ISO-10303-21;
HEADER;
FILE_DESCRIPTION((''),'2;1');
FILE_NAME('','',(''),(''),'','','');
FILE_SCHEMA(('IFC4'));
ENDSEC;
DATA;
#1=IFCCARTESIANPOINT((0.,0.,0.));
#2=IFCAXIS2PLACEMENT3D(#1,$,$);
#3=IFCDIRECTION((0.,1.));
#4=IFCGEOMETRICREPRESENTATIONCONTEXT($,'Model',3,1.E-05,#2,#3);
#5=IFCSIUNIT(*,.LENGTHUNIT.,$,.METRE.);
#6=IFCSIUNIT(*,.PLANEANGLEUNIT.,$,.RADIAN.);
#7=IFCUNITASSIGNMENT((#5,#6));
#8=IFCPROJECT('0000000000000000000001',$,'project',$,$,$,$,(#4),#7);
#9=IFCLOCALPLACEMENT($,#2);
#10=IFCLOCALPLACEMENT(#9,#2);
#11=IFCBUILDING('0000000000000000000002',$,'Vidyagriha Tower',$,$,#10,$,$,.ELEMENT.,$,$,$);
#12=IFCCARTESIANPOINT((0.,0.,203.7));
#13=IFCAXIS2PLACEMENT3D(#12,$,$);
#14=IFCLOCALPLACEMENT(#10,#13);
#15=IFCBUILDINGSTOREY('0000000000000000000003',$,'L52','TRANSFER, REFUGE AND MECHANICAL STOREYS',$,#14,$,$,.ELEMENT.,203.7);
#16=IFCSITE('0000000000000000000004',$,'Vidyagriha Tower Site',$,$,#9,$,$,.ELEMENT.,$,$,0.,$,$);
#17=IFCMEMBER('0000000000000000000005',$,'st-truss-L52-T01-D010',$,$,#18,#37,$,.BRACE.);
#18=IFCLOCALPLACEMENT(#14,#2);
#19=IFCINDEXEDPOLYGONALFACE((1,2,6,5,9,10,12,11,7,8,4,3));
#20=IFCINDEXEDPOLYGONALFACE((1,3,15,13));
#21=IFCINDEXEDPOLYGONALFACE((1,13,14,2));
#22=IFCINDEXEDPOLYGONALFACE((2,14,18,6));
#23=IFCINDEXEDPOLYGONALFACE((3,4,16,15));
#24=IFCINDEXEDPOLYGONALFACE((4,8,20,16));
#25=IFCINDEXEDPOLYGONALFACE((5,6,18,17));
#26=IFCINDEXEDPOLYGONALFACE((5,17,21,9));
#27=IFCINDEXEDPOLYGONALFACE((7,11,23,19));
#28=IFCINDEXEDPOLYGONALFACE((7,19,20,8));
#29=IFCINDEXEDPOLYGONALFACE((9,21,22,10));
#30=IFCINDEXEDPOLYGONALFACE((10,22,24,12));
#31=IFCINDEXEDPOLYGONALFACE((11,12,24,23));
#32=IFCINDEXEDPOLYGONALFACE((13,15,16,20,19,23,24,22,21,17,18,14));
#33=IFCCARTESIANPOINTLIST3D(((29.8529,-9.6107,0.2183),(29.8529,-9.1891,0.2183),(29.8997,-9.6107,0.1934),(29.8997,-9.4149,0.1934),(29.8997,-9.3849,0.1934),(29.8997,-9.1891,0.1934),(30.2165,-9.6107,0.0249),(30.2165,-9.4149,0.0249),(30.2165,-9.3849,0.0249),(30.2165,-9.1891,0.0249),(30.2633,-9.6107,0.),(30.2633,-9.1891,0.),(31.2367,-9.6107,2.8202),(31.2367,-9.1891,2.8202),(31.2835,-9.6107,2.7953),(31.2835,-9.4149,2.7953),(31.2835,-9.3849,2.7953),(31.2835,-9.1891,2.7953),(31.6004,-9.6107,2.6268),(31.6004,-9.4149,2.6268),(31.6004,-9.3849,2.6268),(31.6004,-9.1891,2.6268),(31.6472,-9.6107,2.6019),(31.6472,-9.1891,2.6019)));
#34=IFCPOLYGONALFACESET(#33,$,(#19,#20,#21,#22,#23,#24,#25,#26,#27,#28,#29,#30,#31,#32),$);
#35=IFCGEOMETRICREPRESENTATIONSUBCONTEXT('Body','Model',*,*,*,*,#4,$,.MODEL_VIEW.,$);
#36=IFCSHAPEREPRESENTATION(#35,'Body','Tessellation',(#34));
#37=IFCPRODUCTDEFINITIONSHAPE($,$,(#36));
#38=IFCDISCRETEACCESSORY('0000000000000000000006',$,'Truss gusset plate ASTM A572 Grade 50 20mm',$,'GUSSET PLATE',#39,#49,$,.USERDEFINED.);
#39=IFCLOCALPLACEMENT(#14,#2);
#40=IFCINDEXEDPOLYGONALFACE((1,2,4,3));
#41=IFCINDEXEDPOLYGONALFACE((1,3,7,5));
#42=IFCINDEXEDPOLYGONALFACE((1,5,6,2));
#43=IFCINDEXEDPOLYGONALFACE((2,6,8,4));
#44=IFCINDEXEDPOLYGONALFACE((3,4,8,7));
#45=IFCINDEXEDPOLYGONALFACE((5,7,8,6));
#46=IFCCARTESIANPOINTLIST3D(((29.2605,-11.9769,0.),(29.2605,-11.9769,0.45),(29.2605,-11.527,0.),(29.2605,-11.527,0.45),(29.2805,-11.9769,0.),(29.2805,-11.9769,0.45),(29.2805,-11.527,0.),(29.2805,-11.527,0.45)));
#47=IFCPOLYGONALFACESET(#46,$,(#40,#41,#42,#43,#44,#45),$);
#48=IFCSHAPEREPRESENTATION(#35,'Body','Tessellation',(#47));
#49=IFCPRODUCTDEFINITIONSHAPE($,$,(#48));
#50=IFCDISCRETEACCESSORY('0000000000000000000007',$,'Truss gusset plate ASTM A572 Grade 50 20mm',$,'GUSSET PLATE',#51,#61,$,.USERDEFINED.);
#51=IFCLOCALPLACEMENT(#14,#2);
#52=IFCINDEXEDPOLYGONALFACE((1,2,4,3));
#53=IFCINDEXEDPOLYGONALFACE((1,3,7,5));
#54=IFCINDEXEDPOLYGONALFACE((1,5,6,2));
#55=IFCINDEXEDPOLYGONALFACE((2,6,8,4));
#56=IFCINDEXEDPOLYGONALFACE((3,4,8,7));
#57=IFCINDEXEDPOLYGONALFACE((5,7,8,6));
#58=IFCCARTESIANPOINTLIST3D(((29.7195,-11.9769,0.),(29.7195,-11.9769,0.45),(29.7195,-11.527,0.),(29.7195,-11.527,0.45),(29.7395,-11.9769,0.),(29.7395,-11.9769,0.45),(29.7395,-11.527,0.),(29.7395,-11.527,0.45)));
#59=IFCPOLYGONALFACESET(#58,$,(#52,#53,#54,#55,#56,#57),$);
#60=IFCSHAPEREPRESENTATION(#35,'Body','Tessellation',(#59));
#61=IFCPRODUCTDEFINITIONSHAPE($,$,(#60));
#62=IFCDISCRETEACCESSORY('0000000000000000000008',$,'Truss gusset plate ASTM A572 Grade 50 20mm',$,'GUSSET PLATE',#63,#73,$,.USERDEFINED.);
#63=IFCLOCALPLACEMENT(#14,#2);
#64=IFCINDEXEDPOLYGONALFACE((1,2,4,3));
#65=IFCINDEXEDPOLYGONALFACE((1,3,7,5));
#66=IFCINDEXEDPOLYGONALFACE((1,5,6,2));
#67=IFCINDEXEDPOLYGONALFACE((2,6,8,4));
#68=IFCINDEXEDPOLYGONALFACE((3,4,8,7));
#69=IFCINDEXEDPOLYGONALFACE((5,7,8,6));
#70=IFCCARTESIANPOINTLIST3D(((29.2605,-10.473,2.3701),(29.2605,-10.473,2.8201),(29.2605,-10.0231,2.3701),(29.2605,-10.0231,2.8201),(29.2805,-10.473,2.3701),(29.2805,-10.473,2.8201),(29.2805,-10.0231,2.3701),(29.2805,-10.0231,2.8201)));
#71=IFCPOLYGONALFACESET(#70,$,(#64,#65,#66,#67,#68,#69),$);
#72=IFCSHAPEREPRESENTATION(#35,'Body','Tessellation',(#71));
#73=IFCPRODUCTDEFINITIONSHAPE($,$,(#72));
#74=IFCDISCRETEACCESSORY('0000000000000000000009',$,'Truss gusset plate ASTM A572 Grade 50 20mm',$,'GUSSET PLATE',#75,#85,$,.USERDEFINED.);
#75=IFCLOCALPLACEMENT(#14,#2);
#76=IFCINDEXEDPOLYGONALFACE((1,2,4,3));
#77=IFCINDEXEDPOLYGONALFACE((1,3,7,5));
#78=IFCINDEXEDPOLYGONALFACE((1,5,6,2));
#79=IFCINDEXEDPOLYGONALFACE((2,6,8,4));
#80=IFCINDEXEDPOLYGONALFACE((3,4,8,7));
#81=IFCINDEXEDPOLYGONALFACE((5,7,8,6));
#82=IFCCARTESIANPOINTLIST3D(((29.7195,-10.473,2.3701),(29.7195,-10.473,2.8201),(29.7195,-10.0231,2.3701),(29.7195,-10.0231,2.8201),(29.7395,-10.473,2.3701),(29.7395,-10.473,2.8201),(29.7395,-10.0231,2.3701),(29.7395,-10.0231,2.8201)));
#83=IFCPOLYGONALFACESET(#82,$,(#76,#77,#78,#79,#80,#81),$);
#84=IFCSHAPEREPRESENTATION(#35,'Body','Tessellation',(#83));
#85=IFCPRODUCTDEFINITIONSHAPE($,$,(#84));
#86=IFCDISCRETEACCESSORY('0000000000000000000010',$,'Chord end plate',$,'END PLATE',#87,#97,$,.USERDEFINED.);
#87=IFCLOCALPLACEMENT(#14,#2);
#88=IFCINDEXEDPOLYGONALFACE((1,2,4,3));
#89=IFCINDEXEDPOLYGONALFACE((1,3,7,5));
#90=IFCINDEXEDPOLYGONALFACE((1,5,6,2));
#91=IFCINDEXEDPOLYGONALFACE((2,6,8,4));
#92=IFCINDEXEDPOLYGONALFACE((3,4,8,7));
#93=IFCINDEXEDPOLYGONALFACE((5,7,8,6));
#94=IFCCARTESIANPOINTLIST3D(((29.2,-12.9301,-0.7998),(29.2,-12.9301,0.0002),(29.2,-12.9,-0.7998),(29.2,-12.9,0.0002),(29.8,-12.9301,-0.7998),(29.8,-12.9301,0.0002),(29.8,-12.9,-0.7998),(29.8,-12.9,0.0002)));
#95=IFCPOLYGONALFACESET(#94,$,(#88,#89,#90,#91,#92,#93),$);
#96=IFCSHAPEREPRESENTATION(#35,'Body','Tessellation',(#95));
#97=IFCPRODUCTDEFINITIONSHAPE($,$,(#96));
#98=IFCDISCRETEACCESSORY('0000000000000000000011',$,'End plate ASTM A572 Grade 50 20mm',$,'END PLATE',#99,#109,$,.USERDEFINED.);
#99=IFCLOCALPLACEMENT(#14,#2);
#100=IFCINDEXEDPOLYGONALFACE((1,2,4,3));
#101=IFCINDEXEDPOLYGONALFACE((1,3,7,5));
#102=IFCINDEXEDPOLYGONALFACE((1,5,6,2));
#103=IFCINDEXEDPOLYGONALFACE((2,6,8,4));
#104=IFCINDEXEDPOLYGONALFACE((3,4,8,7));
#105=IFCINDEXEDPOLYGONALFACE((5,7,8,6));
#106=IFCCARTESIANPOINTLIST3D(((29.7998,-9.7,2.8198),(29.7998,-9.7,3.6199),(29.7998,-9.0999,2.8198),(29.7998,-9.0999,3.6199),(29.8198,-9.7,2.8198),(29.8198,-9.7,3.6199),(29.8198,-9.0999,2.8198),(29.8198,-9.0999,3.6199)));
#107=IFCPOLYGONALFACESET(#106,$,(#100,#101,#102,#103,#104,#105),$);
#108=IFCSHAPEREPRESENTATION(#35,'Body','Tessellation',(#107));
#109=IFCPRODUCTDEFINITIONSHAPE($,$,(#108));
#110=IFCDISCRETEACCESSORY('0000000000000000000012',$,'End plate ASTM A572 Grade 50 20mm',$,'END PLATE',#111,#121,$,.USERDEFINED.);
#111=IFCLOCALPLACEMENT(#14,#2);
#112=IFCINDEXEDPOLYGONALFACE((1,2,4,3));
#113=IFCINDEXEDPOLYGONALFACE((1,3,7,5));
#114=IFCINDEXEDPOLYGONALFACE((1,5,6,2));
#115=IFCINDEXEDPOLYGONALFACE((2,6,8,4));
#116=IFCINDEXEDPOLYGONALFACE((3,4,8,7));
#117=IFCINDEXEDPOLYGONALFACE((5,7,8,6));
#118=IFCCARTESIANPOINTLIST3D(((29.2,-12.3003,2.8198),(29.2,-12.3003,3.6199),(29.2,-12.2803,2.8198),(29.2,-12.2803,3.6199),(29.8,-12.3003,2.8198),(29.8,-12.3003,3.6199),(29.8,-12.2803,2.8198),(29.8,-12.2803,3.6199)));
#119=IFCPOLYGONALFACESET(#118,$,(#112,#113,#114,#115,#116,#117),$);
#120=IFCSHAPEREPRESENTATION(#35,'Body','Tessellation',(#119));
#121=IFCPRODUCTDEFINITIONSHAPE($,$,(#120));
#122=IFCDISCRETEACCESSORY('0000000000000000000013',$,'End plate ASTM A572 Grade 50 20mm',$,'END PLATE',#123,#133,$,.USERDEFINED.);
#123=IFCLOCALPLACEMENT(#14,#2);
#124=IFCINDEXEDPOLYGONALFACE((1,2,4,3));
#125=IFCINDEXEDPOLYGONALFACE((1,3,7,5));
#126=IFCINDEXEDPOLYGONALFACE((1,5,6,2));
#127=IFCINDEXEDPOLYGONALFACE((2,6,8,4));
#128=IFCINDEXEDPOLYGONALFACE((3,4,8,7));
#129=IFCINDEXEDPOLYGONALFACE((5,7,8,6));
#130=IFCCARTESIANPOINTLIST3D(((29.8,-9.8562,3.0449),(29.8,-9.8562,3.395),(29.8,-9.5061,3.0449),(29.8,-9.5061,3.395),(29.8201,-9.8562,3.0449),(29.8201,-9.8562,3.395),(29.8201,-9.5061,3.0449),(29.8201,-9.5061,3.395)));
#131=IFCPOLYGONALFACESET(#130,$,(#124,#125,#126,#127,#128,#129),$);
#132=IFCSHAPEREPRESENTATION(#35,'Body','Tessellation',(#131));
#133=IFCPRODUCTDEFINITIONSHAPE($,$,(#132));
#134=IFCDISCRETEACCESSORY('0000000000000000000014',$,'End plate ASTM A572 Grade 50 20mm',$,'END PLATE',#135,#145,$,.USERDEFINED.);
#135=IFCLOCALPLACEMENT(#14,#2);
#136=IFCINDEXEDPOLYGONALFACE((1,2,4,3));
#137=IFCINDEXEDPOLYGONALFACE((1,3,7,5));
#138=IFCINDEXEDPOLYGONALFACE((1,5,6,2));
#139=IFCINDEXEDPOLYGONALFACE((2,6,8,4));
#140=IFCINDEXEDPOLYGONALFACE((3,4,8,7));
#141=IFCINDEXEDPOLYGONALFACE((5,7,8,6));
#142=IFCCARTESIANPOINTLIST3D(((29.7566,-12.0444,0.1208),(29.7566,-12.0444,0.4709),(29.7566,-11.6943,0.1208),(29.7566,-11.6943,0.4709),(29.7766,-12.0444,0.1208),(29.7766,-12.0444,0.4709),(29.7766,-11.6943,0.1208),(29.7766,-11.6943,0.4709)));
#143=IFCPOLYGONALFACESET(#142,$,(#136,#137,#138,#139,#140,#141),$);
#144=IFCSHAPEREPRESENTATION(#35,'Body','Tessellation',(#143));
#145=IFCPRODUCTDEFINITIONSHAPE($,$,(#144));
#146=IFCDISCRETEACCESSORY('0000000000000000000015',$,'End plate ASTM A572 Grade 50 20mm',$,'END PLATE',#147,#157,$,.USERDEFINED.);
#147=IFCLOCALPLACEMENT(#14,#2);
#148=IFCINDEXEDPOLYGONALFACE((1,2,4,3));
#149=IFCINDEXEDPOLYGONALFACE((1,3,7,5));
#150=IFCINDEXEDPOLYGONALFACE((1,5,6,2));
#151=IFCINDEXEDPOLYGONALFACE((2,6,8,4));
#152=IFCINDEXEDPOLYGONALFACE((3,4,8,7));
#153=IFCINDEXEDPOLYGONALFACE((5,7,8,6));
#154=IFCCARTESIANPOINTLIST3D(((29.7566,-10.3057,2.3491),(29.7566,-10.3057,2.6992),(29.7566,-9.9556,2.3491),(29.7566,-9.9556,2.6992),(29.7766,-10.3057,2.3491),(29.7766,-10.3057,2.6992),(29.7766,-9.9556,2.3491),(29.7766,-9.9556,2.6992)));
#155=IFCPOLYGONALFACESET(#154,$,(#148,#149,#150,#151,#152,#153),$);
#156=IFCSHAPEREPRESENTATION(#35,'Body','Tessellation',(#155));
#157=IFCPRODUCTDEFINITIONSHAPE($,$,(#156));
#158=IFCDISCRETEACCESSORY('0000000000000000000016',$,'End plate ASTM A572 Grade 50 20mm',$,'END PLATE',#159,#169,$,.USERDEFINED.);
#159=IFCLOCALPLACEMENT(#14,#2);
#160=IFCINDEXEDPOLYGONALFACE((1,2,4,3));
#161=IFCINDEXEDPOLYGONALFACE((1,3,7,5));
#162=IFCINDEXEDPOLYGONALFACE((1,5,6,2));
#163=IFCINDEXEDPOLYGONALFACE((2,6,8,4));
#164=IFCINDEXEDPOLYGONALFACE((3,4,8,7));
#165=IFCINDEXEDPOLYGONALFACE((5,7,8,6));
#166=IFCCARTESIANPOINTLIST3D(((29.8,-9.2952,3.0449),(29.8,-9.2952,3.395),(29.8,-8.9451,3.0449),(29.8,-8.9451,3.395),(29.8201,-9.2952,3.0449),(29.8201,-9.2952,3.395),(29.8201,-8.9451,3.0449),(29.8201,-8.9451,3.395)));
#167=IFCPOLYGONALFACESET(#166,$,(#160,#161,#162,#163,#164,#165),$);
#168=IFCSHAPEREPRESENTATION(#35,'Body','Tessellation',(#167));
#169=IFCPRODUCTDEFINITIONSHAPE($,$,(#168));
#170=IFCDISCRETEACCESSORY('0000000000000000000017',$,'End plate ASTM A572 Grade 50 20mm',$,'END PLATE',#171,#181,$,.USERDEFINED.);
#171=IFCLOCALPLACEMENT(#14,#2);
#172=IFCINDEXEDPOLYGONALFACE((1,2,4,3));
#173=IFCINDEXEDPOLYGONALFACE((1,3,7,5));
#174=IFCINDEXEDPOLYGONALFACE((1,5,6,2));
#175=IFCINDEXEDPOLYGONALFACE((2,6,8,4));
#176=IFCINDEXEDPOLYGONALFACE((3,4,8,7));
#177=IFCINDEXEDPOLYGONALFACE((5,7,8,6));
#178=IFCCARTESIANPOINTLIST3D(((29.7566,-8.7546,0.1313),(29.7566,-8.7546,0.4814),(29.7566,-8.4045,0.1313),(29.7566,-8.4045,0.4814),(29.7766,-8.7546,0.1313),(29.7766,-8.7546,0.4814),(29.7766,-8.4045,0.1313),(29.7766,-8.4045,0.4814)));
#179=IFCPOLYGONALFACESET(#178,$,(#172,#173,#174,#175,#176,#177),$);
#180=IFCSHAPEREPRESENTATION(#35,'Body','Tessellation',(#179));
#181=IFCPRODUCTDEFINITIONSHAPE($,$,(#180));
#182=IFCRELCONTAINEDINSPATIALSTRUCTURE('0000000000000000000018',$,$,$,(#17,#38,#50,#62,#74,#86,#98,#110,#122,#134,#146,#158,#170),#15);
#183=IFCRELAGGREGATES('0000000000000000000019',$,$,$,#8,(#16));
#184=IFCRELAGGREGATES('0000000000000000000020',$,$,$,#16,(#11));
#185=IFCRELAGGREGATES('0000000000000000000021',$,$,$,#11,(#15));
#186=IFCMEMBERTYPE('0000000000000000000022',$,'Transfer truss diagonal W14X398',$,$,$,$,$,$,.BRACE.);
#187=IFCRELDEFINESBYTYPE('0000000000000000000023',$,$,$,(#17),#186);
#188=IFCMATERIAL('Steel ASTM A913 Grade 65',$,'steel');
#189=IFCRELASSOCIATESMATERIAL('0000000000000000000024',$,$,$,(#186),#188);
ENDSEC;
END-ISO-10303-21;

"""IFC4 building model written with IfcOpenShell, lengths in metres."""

from ifc_helpers import new_model, si_unit, direction, frame, origin, origin_2d, place, context, subcontext, project, spatial, rectangle, i_section, extrude, material, material_profile, profile_set, type_object, element, save


model = new_model("IFC4")

# Units and contexts
model_context = context("Model", 3, precision=1e-05, world=origin(), true_north=direction((0.0, 1.0)))
body_context = subcontext(model_context, "Body", "Model", "MODEL_VIEW")
ifc_project = project(units=[si_unit("LENGTHUNIT", "METRE"), si_unit("PLANEANGLEUNIT", "RADIAN")], contexts=[model_context])

# Site, building, storey
site_placement = place(None, origin())
site = spatial("IfcSite", under=ifc_project, at=site_placement, Name="Vidyagriha Tower Site", CompositionType="ELEMENT", RefElevation=0.0)
building_placement = place(site_placement, origin())
building = spatial("IfcBuilding", under=site, at=building_placement, Name="Vidyagriha Tower", CompositionType="ELEMENT")
storey_placement = place(building_placement, frame((0.0, 0.0, 203.7)))
storey = spatial("IfcBuildingStorey", under=building, at=storey_placement, Name="L52", Description="TRANSFER, REFUGE AND MECHANICAL STOREYS", CompositionType="ELEMENT", Elevation=203.7)

# Member
ifc_material_1 = material(Name="Steel ASTM A913 Grade 65", Category="steel")
ifc_material_profile_1 = material_profile(ifc_material_1, i_section(OverallWidth=0.4216, OverallDepth=0.4648, WebThickness=0.03, FlangeThickness=0.053, at=origin_2d()), Name="W14X398")
ifc_profile_set_1 = profile_set([ifc_material_profile_1], Name="Steel ASTM A913 Grade 65")
member_type_1 = type_object("IfcMemberType", Name="Transfer truss diagonal W14X398", PredefinedType="BRACE", material=ifc_profile_set_1)
member_1_placement = place(storey_placement, frame((30.0581, -9.3999, 0.1091), z_axis=(0.469573, 0.0, 0.882894), x_axis=(0.0, 1.0, 0.0)))
element("IfcMember", 1, at=member_1_placement, inside=storey, type_object=member_type_1, Name="st-truss-L52-T01-D010", PredefinedType="BRACE", context=body_context, shape_type="SweptSolid", body=[
    extrude(i_section(OverallWidth=0.4216, OverallDepth=0.4648, WebThickness=0.03, FlangeThickness=0.053, at=origin_2d()), origin(), (0.0, 0.0, 1.0), 2.947),
])

# Discrete accessories
for number, where, z_axis, x_axis, name in (
    (2, (29.2705, -11.752, 0.0), (0.0, 0.0, 1.0), (0.0, 1.0, 0.0), "Truss gusset plate ASTM A572 Grade 50 20mm"),
    (3, (29.7295, -11.752, 0.0), (0.0, 0.0, 1.0), (0.0, 1.0, 0.0), "Truss gusset plate ASTM A572 Grade 50 20mm"),
    (4, (29.2705, -10.248, 2.3701), (0.0, 0.0, 1.0), (0.0, 1.0, 0.0), "Truss gusset plate ASTM A572 Grade 50 20mm"),
    (5, (29.7295, -10.248, 2.3701), (0.0, 0.0, 1.0), (0.0, 1.0, 0.0), "Truss gusset plate ASTM A572 Grade 50 20mm"),
):
    element("IfcDiscreteAccessory", number, at=place(storey_placement, frame(where, z_axis=z_axis, x_axis=x_axis)), inside=storey, Name=name, ObjectType="GUSSET PLATE", PredefinedType="USERDEFINED", context=body_context, shape_type="SweptSolid", body=[
        extrude(rectangle(XDim=0.45, YDim=0.02, at=origin_2d()), origin(), (0.0, 0.0, 1.0), 0.45),
    ])
discrete_accessory_placement = place(storey_placement, frame((29.5, -12.915, -0.7998), z_axis=(0.0, 0.0, 1.0), x_axis=(0.0, -1.0, 0.0)))
element("IfcDiscreteAccessory", 6, at=discrete_accessory_placement, inside=storey, Name="Chord end plate", ObjectType="END PLATE", PredefinedType="USERDEFINED", context=body_context, shape_type="SweptSolid", body=[
    extrude(rectangle(XDim=0.03, YDim=0.6001, at=origin_2d()), origin(), (0.0, 0.0, 1.0), 0.8),
])
for number, where, z_axis, x_axis, name in (
    (7, (29.8098, -9.3999, 2.8198), (0.0, 0.0, 1.0), (-1.0, 0.0, 0.0), "End plate ASTM A572 Grade 50 20mm"),
    (8, (29.5, -12.2903, 2.8198), (0.0, 0.0, 1.0), (0.0, -1.0, 0.0), "End plate ASTM A572 Grade 50 20mm"),
):
    element("IfcDiscreteAccessory", number, at=place(storey_placement, frame(where, z_axis=z_axis, x_axis=x_axis)), inside=storey, Name=name, ObjectType="END PLATE", PredefinedType="USERDEFINED", context=body_context, shape_type="SweptSolid", body=[
        extrude(rectangle(XDim=0.02, YDim=0.6001, at=origin_2d()), origin(), (0.0, 0.0, 1.0), 0.8),
    ])
for number, where, z_axis, x_axis, name in (
    (9, (29.8101, -9.6812, 3.0449), (0.0, 0.0, 1.0), (0.0, 1.0, 0.0), "End plate ASTM A572 Grade 50 20mm"),
    (10, (29.7666, -11.8694, 0.1208), (0.0, 0.0, 1.0), (0.0, -1.0, 0.0), "End plate ASTM A572 Grade 50 20mm"),
    (11, (29.7666, -10.1306, 2.3491), (0.0, 0.0, 1.0), (0.0, 1.0, 0.0), "End plate ASTM A572 Grade 50 20mm"),
    (12, (29.8101, -9.1201, 3.0449), (0.0, 0.0, 1.0), (0.0, -1.0, 0.0), "End plate ASTM A572 Grade 50 20mm"),
    (13, (29.7666, -8.5796, 0.1313), (0.0, 0.0, 1.0), (0.0, -1.0, 0.0), "End plate ASTM A572 Grade 50 20mm"),
):
    element("IfcDiscreteAccessory", number, at=place(storey_placement, frame(where, z_axis=z_axis, x_axis=x_axis)), inside=storey, Name=name, ObjectType="END PLATE", PredefinedType="USERDEFINED", context=body_context, shape_type="SweptSolid", body=[
        extrude(rectangle(XDim=0.3501, YDim=0.02, at=origin_2d()), origin(), (0.0, 0.0, 1.0), 0.3501),
    ])

save(model, "model.ifc")
